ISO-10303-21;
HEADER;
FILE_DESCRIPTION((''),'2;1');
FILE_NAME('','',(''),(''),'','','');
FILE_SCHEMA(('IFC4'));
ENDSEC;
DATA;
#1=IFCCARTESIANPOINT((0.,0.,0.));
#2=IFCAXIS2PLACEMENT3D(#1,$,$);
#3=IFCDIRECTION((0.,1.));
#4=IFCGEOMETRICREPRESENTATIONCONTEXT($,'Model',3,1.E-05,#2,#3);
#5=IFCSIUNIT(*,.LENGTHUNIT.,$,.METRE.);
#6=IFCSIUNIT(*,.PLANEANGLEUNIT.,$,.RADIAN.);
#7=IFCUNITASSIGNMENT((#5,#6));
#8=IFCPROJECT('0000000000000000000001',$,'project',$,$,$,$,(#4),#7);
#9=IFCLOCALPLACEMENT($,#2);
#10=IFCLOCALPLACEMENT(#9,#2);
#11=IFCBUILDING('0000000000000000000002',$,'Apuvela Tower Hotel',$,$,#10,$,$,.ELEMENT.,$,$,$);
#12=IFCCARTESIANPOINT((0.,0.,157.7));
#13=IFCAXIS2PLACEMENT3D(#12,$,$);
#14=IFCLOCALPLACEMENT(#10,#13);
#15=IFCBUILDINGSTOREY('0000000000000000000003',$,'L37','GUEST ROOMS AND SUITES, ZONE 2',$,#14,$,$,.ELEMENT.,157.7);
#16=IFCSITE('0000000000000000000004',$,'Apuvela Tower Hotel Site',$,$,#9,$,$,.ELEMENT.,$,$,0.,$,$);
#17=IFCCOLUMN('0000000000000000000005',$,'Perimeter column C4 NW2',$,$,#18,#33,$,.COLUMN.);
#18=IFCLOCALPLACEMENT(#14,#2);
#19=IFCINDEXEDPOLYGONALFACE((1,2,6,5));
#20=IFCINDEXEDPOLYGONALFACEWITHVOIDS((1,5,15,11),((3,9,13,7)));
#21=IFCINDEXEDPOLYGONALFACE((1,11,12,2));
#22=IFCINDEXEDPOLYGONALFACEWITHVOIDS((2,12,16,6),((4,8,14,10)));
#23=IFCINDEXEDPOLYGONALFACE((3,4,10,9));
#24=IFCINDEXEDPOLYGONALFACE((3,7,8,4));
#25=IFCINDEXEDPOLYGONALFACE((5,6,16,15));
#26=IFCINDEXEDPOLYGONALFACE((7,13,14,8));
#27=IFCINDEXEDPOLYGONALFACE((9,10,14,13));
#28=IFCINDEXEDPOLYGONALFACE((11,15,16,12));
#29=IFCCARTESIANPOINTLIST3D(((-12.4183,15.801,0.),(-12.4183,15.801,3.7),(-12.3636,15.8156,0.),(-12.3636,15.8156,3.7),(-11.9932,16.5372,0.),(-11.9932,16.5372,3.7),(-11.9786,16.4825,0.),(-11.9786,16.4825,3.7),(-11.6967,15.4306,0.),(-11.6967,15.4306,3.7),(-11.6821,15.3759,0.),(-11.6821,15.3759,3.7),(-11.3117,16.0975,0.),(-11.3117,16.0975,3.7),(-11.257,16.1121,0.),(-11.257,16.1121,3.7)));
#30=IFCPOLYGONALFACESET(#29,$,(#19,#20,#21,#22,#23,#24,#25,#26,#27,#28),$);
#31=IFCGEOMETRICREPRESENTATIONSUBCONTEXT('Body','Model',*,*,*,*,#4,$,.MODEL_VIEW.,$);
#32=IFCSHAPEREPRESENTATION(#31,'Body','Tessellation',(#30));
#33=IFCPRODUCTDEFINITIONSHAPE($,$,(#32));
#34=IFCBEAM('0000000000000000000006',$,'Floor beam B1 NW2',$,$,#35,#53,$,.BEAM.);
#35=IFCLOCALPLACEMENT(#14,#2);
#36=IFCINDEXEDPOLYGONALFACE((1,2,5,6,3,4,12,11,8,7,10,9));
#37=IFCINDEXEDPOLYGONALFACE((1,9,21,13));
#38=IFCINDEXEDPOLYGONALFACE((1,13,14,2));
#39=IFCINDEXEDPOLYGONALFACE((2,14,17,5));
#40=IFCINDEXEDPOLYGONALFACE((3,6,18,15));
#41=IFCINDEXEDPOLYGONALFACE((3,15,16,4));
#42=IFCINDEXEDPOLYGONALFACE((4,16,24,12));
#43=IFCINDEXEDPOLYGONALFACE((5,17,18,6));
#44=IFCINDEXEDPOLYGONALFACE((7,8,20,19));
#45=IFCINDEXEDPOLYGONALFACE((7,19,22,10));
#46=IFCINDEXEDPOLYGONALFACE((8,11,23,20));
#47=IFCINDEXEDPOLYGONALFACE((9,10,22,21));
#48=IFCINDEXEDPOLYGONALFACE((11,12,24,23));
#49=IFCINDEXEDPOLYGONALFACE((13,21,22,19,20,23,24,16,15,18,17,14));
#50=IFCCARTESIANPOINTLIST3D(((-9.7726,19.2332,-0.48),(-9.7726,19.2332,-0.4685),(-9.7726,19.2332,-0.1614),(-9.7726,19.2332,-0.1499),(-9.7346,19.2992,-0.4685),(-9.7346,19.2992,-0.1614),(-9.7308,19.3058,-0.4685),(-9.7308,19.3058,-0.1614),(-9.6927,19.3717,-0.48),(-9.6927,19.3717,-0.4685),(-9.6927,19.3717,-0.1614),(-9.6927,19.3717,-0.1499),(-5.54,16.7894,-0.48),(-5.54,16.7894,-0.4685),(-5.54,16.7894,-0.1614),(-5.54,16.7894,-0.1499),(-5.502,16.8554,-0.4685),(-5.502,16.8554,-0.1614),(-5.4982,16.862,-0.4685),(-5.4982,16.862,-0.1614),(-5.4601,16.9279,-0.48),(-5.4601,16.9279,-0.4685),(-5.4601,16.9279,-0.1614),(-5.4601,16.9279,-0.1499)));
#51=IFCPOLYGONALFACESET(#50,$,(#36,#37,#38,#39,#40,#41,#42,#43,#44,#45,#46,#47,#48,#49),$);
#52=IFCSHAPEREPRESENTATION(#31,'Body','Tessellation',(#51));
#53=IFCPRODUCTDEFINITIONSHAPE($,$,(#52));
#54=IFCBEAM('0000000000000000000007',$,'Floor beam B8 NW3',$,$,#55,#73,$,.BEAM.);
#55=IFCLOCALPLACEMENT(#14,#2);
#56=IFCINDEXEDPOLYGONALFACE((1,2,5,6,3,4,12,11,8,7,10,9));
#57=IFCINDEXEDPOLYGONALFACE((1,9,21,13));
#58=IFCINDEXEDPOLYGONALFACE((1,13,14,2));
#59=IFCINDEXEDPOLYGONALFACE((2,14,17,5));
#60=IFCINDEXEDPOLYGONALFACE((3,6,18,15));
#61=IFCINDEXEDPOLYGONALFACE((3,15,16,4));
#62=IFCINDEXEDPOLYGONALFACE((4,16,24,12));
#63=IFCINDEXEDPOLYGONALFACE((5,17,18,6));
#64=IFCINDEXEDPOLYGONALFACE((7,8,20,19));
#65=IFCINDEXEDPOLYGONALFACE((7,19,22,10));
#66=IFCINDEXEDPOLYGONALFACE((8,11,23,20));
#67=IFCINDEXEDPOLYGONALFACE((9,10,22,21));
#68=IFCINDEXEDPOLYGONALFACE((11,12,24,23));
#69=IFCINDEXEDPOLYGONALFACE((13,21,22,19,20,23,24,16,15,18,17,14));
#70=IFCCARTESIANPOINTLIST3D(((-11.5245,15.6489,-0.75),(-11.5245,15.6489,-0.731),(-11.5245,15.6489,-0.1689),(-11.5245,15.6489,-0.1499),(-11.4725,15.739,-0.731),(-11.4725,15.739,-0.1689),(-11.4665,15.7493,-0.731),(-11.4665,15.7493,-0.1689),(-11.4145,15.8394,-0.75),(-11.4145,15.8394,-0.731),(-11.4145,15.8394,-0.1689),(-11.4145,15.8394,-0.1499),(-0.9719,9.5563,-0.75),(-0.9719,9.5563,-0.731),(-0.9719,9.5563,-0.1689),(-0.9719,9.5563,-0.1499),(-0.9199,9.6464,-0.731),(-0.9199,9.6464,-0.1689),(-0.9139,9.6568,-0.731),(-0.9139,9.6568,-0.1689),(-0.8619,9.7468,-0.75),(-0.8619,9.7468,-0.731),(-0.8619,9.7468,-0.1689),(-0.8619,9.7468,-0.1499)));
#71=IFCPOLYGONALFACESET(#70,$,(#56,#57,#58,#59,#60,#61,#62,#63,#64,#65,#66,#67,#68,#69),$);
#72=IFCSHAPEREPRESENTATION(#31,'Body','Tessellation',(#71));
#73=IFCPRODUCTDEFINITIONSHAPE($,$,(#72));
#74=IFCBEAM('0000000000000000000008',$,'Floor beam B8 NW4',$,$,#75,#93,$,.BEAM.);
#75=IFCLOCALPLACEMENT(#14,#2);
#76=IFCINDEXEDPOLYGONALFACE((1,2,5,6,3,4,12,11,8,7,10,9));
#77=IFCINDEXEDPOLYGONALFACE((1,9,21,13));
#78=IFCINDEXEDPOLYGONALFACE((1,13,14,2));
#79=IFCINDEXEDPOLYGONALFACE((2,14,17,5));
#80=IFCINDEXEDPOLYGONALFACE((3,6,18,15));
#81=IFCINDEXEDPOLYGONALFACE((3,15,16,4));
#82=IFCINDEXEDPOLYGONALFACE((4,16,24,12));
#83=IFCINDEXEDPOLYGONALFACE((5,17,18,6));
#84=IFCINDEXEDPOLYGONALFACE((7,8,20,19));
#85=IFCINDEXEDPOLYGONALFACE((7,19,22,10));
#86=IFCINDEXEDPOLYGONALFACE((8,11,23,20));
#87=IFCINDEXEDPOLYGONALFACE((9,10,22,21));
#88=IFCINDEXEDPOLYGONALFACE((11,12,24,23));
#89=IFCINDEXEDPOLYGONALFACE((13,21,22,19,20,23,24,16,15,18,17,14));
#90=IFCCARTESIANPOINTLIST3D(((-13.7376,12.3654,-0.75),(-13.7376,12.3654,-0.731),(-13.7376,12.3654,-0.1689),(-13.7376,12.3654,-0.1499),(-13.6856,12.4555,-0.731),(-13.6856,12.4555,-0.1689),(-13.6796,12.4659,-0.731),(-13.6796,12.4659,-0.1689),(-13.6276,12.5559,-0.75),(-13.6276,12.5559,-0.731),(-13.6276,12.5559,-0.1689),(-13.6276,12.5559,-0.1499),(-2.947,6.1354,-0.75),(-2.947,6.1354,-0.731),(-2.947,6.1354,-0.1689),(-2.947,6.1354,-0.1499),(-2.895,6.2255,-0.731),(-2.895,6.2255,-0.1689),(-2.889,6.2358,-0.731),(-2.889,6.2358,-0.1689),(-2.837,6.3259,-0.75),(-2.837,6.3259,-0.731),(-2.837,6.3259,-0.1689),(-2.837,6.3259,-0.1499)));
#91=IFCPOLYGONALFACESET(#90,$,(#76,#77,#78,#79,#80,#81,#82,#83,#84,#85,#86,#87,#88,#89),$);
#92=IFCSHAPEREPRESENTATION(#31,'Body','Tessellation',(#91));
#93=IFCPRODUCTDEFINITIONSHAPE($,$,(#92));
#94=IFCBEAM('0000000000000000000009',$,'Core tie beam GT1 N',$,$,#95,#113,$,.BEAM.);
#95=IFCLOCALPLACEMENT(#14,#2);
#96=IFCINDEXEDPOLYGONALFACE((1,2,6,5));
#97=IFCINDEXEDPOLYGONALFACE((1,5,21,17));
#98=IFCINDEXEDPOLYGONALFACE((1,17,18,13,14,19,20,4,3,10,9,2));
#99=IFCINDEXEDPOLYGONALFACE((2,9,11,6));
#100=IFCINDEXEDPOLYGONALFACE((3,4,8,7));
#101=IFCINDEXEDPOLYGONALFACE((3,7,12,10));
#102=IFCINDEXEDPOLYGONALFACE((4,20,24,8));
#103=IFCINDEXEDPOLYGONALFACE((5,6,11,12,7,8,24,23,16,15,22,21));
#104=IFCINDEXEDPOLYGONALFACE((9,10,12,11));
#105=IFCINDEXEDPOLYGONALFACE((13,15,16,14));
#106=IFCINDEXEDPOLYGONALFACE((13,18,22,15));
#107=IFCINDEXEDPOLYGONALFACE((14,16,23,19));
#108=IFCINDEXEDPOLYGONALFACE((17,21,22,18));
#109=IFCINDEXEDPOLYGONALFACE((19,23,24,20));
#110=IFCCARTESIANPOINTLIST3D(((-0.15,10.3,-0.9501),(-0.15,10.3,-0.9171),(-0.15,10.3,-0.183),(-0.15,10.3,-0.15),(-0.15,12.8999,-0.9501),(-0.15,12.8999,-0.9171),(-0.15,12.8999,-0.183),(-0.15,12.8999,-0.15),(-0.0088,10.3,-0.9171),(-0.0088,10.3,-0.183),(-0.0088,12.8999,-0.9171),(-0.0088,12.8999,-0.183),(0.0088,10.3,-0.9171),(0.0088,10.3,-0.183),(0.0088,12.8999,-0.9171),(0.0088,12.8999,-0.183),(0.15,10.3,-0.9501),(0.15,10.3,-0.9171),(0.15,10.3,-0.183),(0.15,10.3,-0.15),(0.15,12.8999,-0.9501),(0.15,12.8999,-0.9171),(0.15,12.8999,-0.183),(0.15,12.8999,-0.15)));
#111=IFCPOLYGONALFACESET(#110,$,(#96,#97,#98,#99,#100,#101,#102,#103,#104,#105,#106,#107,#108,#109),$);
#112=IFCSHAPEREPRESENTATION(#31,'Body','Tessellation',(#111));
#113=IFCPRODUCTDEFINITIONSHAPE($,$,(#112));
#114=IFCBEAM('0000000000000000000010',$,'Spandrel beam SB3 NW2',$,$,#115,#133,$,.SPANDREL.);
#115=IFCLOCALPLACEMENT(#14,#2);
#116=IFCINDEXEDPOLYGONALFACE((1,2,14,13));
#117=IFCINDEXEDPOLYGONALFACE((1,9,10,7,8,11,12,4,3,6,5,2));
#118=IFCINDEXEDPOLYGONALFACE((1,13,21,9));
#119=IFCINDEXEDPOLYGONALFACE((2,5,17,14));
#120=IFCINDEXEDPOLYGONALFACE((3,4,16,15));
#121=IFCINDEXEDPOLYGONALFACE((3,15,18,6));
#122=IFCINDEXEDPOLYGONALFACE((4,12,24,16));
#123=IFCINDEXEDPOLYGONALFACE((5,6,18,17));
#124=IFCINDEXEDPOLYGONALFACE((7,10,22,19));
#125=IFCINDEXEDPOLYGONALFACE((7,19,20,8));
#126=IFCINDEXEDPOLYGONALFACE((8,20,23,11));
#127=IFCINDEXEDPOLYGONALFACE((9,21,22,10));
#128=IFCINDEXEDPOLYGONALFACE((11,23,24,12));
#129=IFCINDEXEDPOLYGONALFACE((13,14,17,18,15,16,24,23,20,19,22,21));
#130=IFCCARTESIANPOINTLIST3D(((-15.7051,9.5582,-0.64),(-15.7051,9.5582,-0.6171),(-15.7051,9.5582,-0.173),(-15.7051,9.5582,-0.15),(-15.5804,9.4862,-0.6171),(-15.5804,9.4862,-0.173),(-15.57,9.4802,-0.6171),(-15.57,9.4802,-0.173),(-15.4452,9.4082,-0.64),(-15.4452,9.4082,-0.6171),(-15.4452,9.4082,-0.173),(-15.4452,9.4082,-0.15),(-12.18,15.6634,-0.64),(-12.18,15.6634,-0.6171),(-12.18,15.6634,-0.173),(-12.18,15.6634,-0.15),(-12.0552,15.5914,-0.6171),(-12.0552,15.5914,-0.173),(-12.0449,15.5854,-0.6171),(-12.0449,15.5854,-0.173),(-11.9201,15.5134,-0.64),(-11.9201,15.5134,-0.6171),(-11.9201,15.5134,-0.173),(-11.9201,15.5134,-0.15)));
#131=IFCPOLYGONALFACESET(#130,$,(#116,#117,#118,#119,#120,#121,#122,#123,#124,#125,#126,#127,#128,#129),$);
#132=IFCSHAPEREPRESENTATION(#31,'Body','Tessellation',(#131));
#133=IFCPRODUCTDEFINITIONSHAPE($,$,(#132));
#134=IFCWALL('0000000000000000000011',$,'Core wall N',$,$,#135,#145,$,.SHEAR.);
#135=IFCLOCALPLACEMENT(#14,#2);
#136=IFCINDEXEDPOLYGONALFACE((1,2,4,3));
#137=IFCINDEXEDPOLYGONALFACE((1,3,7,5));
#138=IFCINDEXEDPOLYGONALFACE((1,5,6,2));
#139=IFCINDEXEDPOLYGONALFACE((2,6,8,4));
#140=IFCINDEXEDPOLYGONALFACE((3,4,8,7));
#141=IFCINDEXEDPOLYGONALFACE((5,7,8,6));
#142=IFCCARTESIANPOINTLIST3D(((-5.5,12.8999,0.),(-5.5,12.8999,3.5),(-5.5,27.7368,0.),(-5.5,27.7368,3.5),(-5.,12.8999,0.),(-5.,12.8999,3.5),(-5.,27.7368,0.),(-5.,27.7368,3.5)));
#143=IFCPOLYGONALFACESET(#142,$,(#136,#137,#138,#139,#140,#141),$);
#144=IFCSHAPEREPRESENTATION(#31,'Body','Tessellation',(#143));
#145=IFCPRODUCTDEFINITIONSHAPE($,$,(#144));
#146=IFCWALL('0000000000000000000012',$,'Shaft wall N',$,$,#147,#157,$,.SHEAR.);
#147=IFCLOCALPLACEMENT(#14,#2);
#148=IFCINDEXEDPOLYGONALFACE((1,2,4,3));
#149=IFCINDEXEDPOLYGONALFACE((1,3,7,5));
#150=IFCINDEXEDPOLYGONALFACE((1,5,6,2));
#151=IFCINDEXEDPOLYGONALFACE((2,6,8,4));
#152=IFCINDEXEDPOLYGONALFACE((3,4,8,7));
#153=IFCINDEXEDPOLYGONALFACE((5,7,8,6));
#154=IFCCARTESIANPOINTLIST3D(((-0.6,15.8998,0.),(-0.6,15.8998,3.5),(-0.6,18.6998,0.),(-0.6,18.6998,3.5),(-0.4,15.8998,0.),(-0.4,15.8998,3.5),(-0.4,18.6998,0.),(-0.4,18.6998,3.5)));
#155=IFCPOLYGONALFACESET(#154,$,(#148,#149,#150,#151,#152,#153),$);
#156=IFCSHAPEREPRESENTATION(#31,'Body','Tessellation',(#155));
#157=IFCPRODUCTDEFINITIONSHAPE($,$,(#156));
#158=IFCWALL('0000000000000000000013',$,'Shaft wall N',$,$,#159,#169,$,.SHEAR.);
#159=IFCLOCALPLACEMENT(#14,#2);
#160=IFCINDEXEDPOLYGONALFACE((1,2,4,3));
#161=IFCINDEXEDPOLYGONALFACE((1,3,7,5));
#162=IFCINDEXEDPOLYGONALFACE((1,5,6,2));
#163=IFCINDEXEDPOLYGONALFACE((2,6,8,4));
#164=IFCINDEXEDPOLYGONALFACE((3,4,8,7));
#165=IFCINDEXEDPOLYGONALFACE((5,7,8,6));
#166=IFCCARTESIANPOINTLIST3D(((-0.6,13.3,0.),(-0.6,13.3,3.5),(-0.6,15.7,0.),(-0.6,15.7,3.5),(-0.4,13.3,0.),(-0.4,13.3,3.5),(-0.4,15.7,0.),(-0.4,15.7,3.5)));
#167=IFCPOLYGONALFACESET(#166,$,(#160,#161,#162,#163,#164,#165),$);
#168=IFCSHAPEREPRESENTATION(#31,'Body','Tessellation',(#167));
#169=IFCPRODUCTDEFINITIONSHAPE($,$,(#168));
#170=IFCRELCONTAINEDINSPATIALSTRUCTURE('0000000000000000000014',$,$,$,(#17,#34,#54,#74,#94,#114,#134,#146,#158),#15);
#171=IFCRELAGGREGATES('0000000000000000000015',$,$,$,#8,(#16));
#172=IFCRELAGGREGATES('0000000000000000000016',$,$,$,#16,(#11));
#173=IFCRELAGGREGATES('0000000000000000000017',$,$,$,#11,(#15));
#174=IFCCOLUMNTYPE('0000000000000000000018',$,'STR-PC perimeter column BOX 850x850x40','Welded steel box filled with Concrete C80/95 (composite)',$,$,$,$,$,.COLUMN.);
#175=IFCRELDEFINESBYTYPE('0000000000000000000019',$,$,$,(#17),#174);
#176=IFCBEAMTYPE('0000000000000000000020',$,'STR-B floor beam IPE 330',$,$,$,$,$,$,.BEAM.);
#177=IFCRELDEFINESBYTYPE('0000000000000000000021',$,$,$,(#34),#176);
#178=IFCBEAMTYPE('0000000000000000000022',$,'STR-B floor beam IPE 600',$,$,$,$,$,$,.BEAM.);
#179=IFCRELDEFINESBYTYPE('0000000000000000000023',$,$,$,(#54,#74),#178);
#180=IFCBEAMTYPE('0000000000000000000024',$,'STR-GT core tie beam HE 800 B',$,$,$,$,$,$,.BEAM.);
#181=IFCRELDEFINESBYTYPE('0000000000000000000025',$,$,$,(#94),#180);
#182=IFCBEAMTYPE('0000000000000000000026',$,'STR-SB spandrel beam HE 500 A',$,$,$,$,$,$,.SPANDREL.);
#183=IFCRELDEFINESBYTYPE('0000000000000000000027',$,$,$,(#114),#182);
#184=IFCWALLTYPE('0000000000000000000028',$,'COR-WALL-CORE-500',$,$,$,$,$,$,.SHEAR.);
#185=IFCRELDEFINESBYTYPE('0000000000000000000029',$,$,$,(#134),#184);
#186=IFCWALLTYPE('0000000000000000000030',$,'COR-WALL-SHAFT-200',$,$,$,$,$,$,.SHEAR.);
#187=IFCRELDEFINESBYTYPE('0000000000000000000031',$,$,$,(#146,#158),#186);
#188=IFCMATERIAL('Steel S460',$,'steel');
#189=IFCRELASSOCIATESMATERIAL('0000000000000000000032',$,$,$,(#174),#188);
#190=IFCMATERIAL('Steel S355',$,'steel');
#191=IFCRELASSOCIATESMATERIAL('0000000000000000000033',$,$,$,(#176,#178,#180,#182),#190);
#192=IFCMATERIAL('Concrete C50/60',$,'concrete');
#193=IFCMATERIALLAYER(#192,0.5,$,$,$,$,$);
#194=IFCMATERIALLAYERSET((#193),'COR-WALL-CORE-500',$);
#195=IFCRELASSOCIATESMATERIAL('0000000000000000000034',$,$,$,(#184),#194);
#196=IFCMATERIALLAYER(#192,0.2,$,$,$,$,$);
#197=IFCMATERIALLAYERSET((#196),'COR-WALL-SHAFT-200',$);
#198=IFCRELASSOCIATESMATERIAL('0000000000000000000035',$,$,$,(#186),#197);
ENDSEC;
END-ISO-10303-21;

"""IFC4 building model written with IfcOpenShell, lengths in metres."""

from ifc_helpers import new_model, si_unit, direction, frame, frame_2d, origin, origin_2d, place, context, subcontext, project, spatial, rectangle, hollow_rectangle, i_section, extrude, material, layer, layer_set, material_profile, profile_set, type_object, element, save


model = new_model("IFC4")

# Units and contexts
model_context = context("Model", 3, precision=1e-05, world=origin(), true_north=direction((0.0, 1.0)))
body_context = subcontext(model_context, "Body", "Model", "MODEL_VIEW")
ifc_project = project(units=[si_unit("LENGTHUNIT", "METRE"), si_unit("PLANEANGLEUNIT", "RADIAN")], contexts=[model_context])

# Site, building, storey
site_placement = place(None, origin())
site = spatial("IfcSite", under=ifc_project, at=site_placement, Name="Apuvela Tower Hotel Site", CompositionType="ELEMENT", RefElevation=0.0)
building_placement = place(site_placement, origin())
building = spatial("IfcBuilding", under=site, at=building_placement, Name="Apuvela Tower Hotel", CompositionType="ELEMENT")
storey_placement = place(building_placement, frame((0.0, 0.0, 157.7)))
storey = spatial("IfcBuildingStorey", under=building, at=storey_placement, Name="L37", Description="GUEST ROOMS AND SUITES, ZONE 2", CompositionType="ELEMENT", Elevation=157.7)

# Column
ifc_material_1 = material(Name="Steel S460", Category="steel")
ifc_material_profile_1 = material_profile(ifc_material_1, hollow_rectangle(XDim=0.8501, YDim=0.8501, WallThickness=0.04, at=origin_2d()), Name="BOX 850x850x40")
ifc_material_2 = material(Name="Concrete C80/95", Category="concrete")
ifc_material_profile_2 = material_profile(ifc_material_2, rectangle(XDim=0.77, YDim=0.77, at=origin_2d()), Name="Concrete C80/95 infill")
ifc_profile_set_1 = profile_set([ifc_material_profile_1, ifc_material_profile_2], Name="Steel S460")
column_type = type_object("IfcColumnType", Name="STR-PC perimeter column BOX 850x850x40", Description="Welded steel box filled with Concrete C80/95 (composite)", PredefinedType="COLUMN", material=ifc_profile_set_1)
column_placement = place(storey_placement, frame((-11.8376, 15.9565, 0.0), z_axis=(0.0, 0.0, 1.0), x_axis=(0.5, 0.866025, 0.0)))
element("IfcColumn", 1, at=column_placement, inside=storey, type_object=column_type, Name="Perimeter column C4 NW2", PredefinedType="COLUMN", context=body_context, shape_type="SweptSolid", body=[
    extrude(hollow_rectangle(XDim=0.8501, YDim=0.8501, WallThickness=0.04, at=origin_2d()), origin(), (0.0, 0.0, 1.0), 3.7),
])

# Beams
ifc_material_3 = material(Name="Steel S355", Category="steel")
ifc_material_profile_3 = material_profile(ifc_material_3, i_section(OverallWidth=0.1599, OverallDepth=0.3301, WebThickness=0.0076, FlangeThickness=0.0115, at=origin_2d()), Name="IPE 330")
ifc_profile_set_2 = profile_set([ifc_material_profile_3], Name="Steel S355")
beam_type_1 = type_object("IfcBeamType", Name="STR-B floor beam IPE 330", PredefinedType="BEAM", material=ifc_profile_set_2)
beam_1_placement = place(storey_placement, frame((-9.7327, 19.3025, -0.3149), z_axis=(0.866015, -0.500018, 0.0), x_axis=(0.500018, 0.866015, 0.0)))
element("IfcBeam", 2, at=beam_1_placement, inside=storey, type_object=beam_type_1, Name="Floor beam B1 NW2", PredefinedType="BEAM", context=body_context, shape_type="SweptSolid", body=[
    extrude(i_section(OverallWidth=0.1599, OverallDepth=0.3301, WebThickness=0.0076, FlangeThickness=0.0115, at=origin_2d()), origin(), (0.0, 0.0, 1.0), 4.8875),
])
ifc_material_profile_4 = material_profile(ifc_material_3, i_section(OverallWidth=0.22, OverallDepth=0.6001, WebThickness=0.012, FlangeThickness=0.019, at=origin_2d()), Name="IPE 600")
ifc_profile_set_3 = profile_set([ifc_material_profile_4], Name="Steel S355")
beam_type_2 = type_object("IfcBeamType", Name="STR-B floor beam IPE 600", PredefinedType="BEAM", material=ifc_profile_set_3)
beam_2_placement = place(storey_placement, frame((-11.4695, 15.7441, -0.45), z_axis=(0.866024, -0.500003, 0.0), x_axis=(0.500003, 0.866024, 0.0)))
element("IfcBeam", 3, at=beam_2_placement, inside=storey, type_object=beam_type_2, Name="Floor beam B8 NW3", PredefinedType="BEAM", context=body_context, shape_type="SweptSolid", body=[
    extrude(i_section(OverallWidth=0.22, OverallDepth=0.6001, WebThickness=0.012, FlangeThickness=0.019, at=origin_2d()), origin(), (0.0, 0.0, 1.0), 12.1851),
])
beam_3_placement = place(storey_placement, frame((-13.6826, 12.4607, -0.45), z_axis=(0.866023, -0.500004, 0.0), x_axis=(0.500004, 0.866023, 0.0)))
element("IfcBeam", 4, at=beam_3_placement, inside=storey, type_object=beam_type_2, Name="Floor beam B8 NW4", PredefinedType="BEAM", context=body_context, shape_type="SweptSolid", body=[
    extrude(i_section(OverallWidth=0.22, OverallDepth=0.6001, WebThickness=0.012, FlangeThickness=0.019, at=origin_2d()), origin(), (0.0, 0.0, 1.0), 12.46),
])
ifc_material_profile_5 = material_profile(ifc_material_3, i_section(OverallWidth=0.3, OverallDepth=0.8, WebThickness=0.0176, FlangeThickness=0.033, at=origin_2d()), Name="HE 800 B")
ifc_profile_set_4 = profile_set([ifc_material_profile_5], Name="Steel S355")
beam_type_3 = type_object("IfcBeamType", Name="STR-GT core tie beam HE 800 B", PredefinedType="BEAM", material=ifc_profile_set_4)
beam_4_placement = place(storey_placement, frame((0.0, 12.8999, -0.55), z_axis=(0.0, -1.0, 0.0), x_axis=(1.0, 0.0, 0.0)))
element("IfcBeam", 5, at=beam_4_placement, inside=storey, type_object=beam_type_3, Name="Core tie beam GT1 N", PredefinedType="BEAM", context=body_context, shape_type="SweptSolid", body=[
    extrude(i_section(OverallWidth=0.3, OverallDepth=0.8, WebThickness=0.0176, FlangeThickness=0.033, at=origin_2d()), origin(), (0.0, 0.0, 1.0), 2.5999),
])
ifc_material_profile_6 = material_profile(ifc_material_3, i_section(OverallWidth=0.3, OverallDepth=0.49, WebThickness=0.012, FlangeThickness=0.0229, at=origin_2d()), Name="HE 500 A")
ifc_profile_set_5 = profile_set([ifc_material_profile_6], Name="Steel S355")
beam_type_4 = type_object("IfcBeamType", Name="STR-SB spandrel beam HE 500 A", PredefinedType="SPANDREL", material=ifc_profile_set_5)
beam_5_placement = place(storey_placement, frame((-12.05, 15.5884, -0.395), z_axis=(-0.500031, -0.866007, 0.0), x_axis=(0.866007, -0.500031, 0.0)))
element("IfcBeam", 6, at=beam_5_placement, inside=storey, type_object=beam_type_4, Name="Spandrel beam SB3 NW2", PredefinedType="SPANDREL", context=body_context, shape_type="SweptSolid", body=[
    extrude(i_section(OverallWidth=0.3, OverallDepth=0.49, WebThickness=0.012, FlangeThickness=0.0229, at=origin_2d()), origin(), (0.0, 0.0, 1.0), 7.0498),
])

# Walls
ifc_material_4 = material(Name="Concrete C50/60", Category="concrete")
ifc_layer_1 = layer(ifc_material_4, 0.5)
ifc_layer_set_1 = layer_set([ifc_layer_1], Name="COR-WALL-CORE-500")
wall_type_1 = type_object("IfcWallType", Name="COR-WALL-CORE-500", PredefinedType="SHEAR", material=ifc_layer_set_1)
wall_1_placement = place(storey_placement, frame((-5.25, 12.8999, 0.0), z_axis=(0.0, 0.0, 1.0), x_axis=(0.0, 1.0, 0.0)))
element("IfcWall", 7, at=wall_1_placement, inside=storey, type_object=wall_type_1, Name="Core wall N", PredefinedType="SHEAR", context=body_context, shape_type="SweptSolid", body=[
    extrude(rectangle(XDim=14.8369, YDim=0.5, at=frame_2d((7.4185, 0.0))), origin(), (0.0, 0.0, 1.0), 3.5),
])
ifc_layer_2 = layer(ifc_material_4, 0.2)
ifc_layer_set_2 = layer_set([ifc_layer_2], Name="COR-WALL-SHAFT-200")
wall_type_2 = type_object("IfcWallType", Name="COR-WALL-SHAFT-200", PredefinedType="SHEAR", material=ifc_layer_set_2)
wall_2_placement = place(storey_placement, frame((-0.5, 15.8999, 0.0), z_axis=(0.0, 0.0, 1.0), x_axis=(0.0, 1.0, 0.0)))
element("IfcWall", 8, at=wall_2_placement, inside=storey, type_object=wall_type_2, Name="Shaft wall N", PredefinedType="SHEAR", context=body_context, shape_type="SweptSolid", body=[
    extrude(rectangle(XDim=2.8, YDim=0.2, at=frame_2d((1.3999, 0.0))), origin(), (0.0, 0.0, 1.0), 3.5),
])
wall_3_placement = place(storey_placement, frame((-0.5, 13.3, 0.0), z_axis=(0.0, 0.0, 1.0), x_axis=(0.0, 1.0, 0.0)))
element("IfcWall", 9, at=wall_3_placement, inside=storey, type_object=wall_type_2, Name="Shaft wall N", PredefinedType="SHEAR", context=body_context, shape_type="SweptSolid", body=[
    extrude(rectangle(XDim=2.3999, YDim=0.2, at=frame_2d((1.2, 0.0))), origin(), (0.0, 0.0, 1.0), 3.5),
])

save(model, "model.ifc")
